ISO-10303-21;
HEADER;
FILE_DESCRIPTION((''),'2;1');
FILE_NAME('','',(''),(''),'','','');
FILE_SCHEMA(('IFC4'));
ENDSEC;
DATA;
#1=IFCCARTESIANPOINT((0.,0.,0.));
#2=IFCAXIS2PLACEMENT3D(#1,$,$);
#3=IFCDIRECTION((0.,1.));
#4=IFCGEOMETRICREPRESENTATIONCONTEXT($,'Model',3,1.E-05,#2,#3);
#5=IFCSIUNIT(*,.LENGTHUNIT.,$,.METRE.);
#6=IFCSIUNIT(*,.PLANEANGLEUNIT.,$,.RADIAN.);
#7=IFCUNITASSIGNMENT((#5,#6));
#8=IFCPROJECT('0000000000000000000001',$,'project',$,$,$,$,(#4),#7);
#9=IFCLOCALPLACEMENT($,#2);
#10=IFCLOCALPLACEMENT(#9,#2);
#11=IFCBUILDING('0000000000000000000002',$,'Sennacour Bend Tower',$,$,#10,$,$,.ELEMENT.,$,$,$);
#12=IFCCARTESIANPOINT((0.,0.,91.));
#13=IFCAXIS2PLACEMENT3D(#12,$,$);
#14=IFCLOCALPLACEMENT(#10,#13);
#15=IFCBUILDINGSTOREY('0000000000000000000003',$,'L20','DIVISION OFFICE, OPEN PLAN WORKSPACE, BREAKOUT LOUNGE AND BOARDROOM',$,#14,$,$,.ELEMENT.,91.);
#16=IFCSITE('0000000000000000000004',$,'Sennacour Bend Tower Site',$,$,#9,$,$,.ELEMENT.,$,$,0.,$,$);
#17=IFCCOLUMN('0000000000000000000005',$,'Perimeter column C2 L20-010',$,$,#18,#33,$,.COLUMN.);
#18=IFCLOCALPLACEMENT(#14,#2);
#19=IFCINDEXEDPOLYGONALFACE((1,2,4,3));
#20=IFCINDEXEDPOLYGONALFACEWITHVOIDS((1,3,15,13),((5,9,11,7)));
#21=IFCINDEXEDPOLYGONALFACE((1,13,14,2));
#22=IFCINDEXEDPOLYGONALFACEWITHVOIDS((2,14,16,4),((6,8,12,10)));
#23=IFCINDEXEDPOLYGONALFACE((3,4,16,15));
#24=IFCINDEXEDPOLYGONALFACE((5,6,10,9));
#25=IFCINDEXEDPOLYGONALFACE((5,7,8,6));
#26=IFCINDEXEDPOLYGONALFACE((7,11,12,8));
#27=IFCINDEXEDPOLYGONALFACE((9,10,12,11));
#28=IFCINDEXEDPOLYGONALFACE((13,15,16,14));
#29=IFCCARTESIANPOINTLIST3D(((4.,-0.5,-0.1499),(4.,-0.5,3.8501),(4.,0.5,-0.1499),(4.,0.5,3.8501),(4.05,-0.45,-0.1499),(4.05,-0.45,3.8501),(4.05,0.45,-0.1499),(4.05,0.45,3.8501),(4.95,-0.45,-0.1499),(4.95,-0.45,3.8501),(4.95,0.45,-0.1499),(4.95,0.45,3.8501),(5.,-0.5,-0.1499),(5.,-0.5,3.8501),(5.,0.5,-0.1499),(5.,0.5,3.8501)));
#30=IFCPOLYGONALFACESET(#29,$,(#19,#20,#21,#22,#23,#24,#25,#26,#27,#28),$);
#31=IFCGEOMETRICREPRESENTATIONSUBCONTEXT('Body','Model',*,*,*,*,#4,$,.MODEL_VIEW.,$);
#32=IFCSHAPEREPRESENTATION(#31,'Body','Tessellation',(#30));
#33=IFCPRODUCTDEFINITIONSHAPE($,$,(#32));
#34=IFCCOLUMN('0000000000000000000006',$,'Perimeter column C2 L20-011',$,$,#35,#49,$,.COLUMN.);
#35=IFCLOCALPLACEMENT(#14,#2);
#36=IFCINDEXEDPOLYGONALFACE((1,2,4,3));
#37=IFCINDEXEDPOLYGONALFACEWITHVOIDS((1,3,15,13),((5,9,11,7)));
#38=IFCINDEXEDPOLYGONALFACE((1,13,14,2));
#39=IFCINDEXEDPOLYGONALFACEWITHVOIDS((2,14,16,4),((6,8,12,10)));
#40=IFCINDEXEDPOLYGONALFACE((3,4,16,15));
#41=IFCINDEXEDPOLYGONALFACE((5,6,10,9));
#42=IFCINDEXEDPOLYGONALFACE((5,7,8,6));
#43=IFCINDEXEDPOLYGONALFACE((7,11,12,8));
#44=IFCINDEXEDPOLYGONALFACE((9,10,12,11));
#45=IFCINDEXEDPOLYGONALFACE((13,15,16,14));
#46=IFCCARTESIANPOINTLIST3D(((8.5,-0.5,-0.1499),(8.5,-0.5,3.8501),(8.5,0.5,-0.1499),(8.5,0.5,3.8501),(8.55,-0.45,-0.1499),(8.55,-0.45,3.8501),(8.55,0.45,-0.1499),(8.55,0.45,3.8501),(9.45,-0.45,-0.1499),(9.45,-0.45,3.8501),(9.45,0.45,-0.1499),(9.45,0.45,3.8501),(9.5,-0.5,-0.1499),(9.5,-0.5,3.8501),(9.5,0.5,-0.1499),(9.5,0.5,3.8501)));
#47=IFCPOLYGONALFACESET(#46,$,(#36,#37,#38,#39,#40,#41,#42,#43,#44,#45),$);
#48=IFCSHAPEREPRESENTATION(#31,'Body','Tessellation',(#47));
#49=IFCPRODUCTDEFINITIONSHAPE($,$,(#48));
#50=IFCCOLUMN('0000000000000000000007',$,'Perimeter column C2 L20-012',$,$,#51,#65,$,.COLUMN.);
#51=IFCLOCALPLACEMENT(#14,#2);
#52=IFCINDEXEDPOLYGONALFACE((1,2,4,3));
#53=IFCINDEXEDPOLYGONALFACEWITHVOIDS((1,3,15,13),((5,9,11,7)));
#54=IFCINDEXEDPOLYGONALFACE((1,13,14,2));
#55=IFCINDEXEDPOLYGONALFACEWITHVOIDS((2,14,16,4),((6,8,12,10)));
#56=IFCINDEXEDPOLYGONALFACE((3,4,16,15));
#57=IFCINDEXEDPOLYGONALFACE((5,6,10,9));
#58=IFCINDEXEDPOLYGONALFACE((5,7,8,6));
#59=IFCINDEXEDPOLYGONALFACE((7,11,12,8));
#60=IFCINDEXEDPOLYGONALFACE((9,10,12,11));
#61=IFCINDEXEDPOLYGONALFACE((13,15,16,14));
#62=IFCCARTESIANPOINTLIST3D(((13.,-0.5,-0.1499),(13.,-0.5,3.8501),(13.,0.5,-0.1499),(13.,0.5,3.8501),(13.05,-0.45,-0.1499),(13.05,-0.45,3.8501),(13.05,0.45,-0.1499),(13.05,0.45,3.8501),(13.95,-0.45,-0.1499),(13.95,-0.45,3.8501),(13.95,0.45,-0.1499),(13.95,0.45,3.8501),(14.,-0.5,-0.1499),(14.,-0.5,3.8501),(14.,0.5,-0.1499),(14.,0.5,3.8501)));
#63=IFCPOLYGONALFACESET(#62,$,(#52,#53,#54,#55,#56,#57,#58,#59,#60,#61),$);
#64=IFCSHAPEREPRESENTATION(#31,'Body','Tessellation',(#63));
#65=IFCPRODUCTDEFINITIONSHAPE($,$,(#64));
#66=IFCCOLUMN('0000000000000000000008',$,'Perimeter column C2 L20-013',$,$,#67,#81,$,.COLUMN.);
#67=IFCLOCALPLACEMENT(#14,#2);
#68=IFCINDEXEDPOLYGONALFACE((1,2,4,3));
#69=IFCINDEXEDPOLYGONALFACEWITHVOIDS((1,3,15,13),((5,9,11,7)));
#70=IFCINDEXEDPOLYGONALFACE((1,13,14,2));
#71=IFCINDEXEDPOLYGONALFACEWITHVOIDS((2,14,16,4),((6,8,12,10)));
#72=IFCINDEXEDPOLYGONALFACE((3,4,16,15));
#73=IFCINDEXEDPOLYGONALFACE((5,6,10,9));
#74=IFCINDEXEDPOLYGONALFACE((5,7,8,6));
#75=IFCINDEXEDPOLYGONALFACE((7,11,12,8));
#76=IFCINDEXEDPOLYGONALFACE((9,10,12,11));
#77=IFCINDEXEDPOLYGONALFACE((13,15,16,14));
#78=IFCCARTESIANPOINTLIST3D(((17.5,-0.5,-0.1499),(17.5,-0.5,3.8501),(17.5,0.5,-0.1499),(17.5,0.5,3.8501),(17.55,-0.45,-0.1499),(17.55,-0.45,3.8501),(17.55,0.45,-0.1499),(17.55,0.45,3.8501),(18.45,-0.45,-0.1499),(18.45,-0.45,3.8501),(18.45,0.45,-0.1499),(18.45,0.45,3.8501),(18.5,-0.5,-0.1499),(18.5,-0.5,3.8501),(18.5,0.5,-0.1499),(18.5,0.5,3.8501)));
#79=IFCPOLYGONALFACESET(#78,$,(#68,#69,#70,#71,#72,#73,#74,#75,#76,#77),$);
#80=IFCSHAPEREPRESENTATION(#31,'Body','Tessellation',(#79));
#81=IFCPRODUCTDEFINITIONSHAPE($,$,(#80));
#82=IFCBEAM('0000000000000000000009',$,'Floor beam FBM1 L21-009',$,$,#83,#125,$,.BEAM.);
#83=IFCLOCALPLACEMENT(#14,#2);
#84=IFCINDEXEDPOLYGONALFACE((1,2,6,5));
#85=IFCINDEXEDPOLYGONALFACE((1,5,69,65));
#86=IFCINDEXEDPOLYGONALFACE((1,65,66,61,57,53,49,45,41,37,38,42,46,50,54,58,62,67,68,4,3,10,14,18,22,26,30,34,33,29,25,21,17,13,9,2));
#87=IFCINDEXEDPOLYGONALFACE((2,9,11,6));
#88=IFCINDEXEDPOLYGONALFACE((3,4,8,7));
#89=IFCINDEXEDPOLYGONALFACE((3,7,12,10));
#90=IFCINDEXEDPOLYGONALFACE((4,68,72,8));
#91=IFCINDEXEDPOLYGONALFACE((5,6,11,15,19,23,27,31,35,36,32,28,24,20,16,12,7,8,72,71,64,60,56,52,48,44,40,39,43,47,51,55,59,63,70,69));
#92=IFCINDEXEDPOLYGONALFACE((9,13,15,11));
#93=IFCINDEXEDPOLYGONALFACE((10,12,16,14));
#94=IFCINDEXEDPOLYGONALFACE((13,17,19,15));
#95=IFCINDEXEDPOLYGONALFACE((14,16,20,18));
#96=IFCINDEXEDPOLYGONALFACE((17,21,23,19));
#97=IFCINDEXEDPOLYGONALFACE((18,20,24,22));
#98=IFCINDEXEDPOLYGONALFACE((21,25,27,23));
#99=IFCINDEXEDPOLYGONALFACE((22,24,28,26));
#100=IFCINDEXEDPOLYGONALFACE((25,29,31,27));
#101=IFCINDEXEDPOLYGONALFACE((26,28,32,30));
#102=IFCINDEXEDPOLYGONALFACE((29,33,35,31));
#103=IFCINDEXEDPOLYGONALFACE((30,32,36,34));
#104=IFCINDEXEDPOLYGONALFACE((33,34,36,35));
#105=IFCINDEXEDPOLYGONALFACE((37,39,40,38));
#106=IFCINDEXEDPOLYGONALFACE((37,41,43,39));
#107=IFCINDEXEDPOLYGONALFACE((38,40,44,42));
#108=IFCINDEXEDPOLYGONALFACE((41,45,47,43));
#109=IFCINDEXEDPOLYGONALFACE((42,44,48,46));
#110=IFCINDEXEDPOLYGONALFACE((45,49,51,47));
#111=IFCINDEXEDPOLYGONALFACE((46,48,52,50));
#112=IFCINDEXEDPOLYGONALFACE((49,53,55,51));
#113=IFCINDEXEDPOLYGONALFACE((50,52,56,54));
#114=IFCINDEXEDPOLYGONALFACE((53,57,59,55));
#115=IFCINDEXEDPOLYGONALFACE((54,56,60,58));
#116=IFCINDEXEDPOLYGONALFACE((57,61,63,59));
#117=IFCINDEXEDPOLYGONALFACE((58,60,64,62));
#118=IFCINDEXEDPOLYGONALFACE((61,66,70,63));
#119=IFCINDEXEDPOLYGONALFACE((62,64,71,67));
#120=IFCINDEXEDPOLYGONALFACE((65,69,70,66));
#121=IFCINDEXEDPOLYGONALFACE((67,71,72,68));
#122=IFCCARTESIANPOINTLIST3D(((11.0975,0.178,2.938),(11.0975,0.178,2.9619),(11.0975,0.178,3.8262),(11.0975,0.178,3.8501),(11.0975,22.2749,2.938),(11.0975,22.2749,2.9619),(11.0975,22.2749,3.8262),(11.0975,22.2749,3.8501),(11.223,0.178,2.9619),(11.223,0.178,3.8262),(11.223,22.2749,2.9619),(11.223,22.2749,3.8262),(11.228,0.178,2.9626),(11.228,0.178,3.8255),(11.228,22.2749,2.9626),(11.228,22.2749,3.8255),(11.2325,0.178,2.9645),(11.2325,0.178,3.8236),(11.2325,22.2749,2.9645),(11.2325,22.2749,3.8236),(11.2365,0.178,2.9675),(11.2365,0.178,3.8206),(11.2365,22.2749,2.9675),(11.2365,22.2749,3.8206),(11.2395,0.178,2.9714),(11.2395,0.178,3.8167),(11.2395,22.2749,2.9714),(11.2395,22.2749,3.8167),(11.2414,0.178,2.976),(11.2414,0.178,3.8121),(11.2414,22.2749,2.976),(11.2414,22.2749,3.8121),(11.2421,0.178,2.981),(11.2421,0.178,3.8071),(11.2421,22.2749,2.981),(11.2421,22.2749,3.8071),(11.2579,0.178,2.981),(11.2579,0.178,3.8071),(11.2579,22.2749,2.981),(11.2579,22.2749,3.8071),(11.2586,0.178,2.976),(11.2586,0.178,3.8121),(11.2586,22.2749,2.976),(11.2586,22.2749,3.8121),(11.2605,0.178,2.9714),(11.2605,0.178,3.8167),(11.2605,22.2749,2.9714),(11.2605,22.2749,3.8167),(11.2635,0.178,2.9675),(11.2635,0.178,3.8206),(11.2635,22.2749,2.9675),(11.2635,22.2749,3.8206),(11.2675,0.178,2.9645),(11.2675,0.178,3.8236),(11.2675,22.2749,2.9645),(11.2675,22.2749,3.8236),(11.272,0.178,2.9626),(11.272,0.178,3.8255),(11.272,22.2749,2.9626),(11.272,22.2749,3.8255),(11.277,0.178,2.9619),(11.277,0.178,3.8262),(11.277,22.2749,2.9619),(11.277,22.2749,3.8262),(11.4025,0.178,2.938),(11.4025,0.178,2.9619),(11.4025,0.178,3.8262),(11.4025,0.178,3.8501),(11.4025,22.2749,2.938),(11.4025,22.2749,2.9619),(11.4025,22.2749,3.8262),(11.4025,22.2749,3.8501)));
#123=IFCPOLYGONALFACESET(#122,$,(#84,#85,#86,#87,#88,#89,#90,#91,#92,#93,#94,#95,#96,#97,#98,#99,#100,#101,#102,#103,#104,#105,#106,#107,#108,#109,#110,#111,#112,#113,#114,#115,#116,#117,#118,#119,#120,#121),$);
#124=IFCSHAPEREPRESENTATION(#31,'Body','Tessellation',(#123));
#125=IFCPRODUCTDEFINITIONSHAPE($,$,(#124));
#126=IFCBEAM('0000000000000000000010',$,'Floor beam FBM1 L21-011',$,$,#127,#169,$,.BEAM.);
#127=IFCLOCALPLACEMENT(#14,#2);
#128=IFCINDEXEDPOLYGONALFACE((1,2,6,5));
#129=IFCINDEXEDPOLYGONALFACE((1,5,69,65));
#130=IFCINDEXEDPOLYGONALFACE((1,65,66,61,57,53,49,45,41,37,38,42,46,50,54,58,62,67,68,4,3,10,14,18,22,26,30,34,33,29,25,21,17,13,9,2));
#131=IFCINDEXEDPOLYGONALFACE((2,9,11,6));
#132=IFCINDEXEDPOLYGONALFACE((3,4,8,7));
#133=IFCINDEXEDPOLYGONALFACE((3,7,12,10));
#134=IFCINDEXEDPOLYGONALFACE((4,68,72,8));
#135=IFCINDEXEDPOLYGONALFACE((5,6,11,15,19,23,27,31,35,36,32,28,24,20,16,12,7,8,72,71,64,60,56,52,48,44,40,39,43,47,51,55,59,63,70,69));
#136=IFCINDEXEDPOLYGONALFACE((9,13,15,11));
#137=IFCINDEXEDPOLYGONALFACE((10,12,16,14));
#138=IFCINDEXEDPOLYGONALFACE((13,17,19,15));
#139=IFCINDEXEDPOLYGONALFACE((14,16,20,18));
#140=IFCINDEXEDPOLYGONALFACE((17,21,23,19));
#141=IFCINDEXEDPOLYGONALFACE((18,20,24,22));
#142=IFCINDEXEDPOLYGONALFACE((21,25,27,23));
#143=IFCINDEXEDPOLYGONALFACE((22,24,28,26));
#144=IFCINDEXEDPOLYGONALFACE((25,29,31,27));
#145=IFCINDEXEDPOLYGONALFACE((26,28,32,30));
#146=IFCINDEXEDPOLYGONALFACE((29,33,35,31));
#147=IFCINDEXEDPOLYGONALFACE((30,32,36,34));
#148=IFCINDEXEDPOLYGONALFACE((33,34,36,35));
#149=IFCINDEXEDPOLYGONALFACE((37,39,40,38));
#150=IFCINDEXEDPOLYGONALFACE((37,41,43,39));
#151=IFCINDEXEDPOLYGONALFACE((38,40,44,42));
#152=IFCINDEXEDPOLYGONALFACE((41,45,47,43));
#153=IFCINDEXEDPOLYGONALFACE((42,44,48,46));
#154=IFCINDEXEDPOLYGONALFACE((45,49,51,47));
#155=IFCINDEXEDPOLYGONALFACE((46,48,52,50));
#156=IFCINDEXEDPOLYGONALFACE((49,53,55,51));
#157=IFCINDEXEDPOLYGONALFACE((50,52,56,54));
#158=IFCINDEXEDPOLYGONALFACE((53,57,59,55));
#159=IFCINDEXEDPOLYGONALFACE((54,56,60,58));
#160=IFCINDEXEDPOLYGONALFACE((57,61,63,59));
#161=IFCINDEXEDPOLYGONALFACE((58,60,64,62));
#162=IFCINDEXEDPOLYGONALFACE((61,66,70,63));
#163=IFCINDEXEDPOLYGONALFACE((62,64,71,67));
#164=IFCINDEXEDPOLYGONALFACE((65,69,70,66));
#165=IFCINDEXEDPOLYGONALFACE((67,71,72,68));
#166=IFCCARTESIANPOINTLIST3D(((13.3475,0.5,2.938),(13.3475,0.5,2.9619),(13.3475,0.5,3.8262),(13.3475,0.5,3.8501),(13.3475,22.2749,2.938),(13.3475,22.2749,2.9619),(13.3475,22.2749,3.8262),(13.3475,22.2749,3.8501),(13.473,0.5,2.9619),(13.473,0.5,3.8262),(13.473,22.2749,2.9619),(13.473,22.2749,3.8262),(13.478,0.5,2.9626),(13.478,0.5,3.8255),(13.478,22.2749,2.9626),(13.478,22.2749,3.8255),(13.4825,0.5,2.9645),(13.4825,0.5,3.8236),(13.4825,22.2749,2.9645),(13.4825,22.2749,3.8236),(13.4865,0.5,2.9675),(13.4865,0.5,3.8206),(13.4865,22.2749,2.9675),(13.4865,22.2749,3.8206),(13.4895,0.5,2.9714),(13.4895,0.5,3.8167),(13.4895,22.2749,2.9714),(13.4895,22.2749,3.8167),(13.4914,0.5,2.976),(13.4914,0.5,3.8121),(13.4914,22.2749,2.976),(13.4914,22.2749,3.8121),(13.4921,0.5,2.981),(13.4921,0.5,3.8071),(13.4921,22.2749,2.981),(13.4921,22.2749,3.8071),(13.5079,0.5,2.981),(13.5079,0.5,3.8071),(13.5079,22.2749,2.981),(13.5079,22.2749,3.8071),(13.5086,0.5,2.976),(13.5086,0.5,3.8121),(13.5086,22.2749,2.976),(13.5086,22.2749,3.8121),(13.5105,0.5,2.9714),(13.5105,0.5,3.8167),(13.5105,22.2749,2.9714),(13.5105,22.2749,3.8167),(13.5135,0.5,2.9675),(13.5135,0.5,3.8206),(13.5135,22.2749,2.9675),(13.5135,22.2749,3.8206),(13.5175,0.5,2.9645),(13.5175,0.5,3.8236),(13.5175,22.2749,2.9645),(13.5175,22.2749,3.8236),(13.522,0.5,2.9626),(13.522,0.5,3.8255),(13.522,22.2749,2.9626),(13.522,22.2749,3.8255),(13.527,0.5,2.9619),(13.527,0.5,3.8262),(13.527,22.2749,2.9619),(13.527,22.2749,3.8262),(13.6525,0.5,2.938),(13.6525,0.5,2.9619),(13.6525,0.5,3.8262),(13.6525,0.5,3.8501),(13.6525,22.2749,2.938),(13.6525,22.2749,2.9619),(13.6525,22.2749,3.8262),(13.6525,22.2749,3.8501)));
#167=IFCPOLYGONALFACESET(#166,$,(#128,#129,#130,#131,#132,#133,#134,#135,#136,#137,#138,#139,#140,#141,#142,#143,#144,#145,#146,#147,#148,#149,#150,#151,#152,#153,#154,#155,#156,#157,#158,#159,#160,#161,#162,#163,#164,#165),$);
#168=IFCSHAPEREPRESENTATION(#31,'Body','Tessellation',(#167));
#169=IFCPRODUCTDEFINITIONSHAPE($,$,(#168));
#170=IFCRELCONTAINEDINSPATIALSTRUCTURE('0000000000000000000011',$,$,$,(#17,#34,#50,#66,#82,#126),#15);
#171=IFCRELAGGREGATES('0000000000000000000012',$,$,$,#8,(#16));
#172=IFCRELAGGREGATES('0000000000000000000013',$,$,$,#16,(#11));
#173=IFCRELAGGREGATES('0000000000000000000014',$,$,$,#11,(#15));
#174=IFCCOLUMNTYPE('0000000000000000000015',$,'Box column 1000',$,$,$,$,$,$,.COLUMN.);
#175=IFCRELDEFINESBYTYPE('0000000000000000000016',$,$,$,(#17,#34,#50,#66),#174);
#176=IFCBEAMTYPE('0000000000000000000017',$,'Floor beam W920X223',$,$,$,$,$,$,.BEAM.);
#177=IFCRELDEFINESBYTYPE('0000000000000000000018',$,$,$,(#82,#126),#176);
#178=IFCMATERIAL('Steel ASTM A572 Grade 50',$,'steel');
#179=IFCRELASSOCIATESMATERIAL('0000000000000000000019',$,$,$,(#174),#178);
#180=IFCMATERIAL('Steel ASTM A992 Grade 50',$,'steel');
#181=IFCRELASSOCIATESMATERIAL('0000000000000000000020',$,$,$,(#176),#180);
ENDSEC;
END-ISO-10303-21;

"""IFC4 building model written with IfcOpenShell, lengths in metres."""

from ifc_helpers import new_model, si_unit, direction, frame, origin, origin_2d, place, context, subcontext, project, spatial, hollow_rectangle, i_section, extrude, material, material_profile, profile_set, type_object, element, save


model = new_model("IFC4")

# Units and contexts
model_context = context("Model", 3, precision=1e-05, world=origin(), true_north=direction((0.0, 1.0)))
body_context = subcontext(model_context, "Body", "Model", "MODEL_VIEW")
ifc_project = project(units=[si_unit("LENGTHUNIT", "METRE"), si_unit("PLANEANGLEUNIT", "RADIAN")], contexts=[model_context])

# Site, building, storey
site_placement = place(None, origin())
site = spatial("IfcSite", under=ifc_project, at=site_placement, Name="Sennacour Bend Tower Site", CompositionType="ELEMENT", RefElevation=0.0)
building_placement = place(site_placement, origin())
building = spatial("IfcBuilding", under=site, at=building_placement, Name="Sennacour Bend Tower", CompositionType="ELEMENT")
storey_placement = place(building_placement, frame((0.0, 0.0, 91.0)))
storey = spatial("IfcBuildingStorey", under=building, at=storey_placement, Name="L20", Description="DIVISION OFFICE, OPEN PLAN WORKSPACE, BREAKOUT LOUNGE AND BOARDROOM", CompositionType="ELEMENT", Elevation=91.0)

# Columns
ifc_material_1 = material(Name="Steel ASTM A572 Grade 50", Category="steel")
ifc_material_profile_1 = material_profile(ifc_material_1, hollow_rectangle(XDim=1.0, YDim=1.0, WallThickness=0.05, at=origin_2d()), Name="Steel ASTM A572 Grade 50", Category="steel")
ifc_profile_set_1 = profile_set([ifc_material_profile_1], Name="Steel ASTM A572 Grade 50")
column_type = type_object("IfcColumnType", Name="Box column 1000", PredefinedType="COLUMN", material=ifc_profile_set_1)
for number, where, z_axis, x_axis, name in (
    (1, (4.5, 0.0, -0.1499), (0.0, 0.0, 1.0), (1.0, 0.0, 0.0), "Perimeter column C2 L20-010"),
    (2, (9.0, 0.0, -0.1499), (0.0, 0.0, 1.0), (1.0, 0.0, 0.0), "Perimeter column C2 L20-011"),
    (3, (13.5, 0.0, -0.1499), (0.0, 0.0, 1.0), (1.0, 0.0, 0.0), "Perimeter column C2 L20-012"),
    (4, (18.0, 0.0, -0.1499), (0.0, 0.0, 1.0), (1.0, 0.0, 0.0), "Perimeter column C2 L20-013"),
):
    element("IfcColumn", number, at=place(storey_placement, frame(where, z_axis=z_axis, x_axis=x_axis)), inside=storey, type_object=column_type, Name=name, PredefinedType="COLUMN", context=body_context, shape_type="SweptSolid", body=[
        extrude(hollow_rectangle(XDim=1.0, YDim=1.0, WallThickness=0.05, at=origin_2d()), origin(), (0.0, 0.0, 1.0), 4.0),
    ])

# Beams
ifc_material_2 = material(Name="Steel ASTM A992 Grade 50", Category="steel")
ifc_material_profile_2 = material_profile(ifc_material_2, i_section(OverallWidth=0.3049, OverallDepth=0.9121, WebThickness=0.0159, FlangeThickness=0.0239, FilletRadius=0.019, at=origin_2d()), Name="Steel ASTM A992 Grade 50", Category="steel")
ifc_profile_set_2 = profile_set([ifc_material_profile_2], Name="Steel ASTM A992 Grade 50")
beam_type_1 = type_object("IfcBeamType", Name="Floor beam W920X223", PredefinedType="BEAM", material=ifc_profile_set_2)
beam_1_placement = place(storey_placement, frame((11.25, 0.178, 3.394), z_axis=(0.0, 1.0, 0.0), x_axis=(-1.0, 0.0, 0.0)))
element("IfcBeam", 5, at=beam_1_placement, inside=storey, type_object=beam_type_1, Name="Floor beam FBM1 L21-009", PredefinedType="BEAM", context=body_context, shape_type="SweptSolid", body=[
    extrude(i_section(OverallWidth=0.3049, OverallDepth=0.9121, WebThickness=0.0159, FlangeThickness=0.0239, FilletRadius=0.019, at=origin_2d()), origin(), (0.0, 0.0, 1.0), 22.0969),
])
beam_2_placement = place(storey_placement, frame((13.5, 0.5, 3.394), z_axis=(0.0, 1.0, 0.0), x_axis=(-1.0, 0.0, 0.0)))
element("IfcBeam", 6, at=beam_2_placement, inside=storey, type_object=beam_type_1, Name="Floor beam FBM1 L21-011", PredefinedType="BEAM", context=body_context, shape_type="SweptSolid", body=[
    extrude(i_section(OverallWidth=0.3049, OverallDepth=0.9121, WebThickness=0.0159, FlangeThickness=0.0239, FilletRadius=0.019, at=origin_2d()), origin(), (0.0, 0.0, 1.0), 21.7749),
])

save(model, "model.ifc")
